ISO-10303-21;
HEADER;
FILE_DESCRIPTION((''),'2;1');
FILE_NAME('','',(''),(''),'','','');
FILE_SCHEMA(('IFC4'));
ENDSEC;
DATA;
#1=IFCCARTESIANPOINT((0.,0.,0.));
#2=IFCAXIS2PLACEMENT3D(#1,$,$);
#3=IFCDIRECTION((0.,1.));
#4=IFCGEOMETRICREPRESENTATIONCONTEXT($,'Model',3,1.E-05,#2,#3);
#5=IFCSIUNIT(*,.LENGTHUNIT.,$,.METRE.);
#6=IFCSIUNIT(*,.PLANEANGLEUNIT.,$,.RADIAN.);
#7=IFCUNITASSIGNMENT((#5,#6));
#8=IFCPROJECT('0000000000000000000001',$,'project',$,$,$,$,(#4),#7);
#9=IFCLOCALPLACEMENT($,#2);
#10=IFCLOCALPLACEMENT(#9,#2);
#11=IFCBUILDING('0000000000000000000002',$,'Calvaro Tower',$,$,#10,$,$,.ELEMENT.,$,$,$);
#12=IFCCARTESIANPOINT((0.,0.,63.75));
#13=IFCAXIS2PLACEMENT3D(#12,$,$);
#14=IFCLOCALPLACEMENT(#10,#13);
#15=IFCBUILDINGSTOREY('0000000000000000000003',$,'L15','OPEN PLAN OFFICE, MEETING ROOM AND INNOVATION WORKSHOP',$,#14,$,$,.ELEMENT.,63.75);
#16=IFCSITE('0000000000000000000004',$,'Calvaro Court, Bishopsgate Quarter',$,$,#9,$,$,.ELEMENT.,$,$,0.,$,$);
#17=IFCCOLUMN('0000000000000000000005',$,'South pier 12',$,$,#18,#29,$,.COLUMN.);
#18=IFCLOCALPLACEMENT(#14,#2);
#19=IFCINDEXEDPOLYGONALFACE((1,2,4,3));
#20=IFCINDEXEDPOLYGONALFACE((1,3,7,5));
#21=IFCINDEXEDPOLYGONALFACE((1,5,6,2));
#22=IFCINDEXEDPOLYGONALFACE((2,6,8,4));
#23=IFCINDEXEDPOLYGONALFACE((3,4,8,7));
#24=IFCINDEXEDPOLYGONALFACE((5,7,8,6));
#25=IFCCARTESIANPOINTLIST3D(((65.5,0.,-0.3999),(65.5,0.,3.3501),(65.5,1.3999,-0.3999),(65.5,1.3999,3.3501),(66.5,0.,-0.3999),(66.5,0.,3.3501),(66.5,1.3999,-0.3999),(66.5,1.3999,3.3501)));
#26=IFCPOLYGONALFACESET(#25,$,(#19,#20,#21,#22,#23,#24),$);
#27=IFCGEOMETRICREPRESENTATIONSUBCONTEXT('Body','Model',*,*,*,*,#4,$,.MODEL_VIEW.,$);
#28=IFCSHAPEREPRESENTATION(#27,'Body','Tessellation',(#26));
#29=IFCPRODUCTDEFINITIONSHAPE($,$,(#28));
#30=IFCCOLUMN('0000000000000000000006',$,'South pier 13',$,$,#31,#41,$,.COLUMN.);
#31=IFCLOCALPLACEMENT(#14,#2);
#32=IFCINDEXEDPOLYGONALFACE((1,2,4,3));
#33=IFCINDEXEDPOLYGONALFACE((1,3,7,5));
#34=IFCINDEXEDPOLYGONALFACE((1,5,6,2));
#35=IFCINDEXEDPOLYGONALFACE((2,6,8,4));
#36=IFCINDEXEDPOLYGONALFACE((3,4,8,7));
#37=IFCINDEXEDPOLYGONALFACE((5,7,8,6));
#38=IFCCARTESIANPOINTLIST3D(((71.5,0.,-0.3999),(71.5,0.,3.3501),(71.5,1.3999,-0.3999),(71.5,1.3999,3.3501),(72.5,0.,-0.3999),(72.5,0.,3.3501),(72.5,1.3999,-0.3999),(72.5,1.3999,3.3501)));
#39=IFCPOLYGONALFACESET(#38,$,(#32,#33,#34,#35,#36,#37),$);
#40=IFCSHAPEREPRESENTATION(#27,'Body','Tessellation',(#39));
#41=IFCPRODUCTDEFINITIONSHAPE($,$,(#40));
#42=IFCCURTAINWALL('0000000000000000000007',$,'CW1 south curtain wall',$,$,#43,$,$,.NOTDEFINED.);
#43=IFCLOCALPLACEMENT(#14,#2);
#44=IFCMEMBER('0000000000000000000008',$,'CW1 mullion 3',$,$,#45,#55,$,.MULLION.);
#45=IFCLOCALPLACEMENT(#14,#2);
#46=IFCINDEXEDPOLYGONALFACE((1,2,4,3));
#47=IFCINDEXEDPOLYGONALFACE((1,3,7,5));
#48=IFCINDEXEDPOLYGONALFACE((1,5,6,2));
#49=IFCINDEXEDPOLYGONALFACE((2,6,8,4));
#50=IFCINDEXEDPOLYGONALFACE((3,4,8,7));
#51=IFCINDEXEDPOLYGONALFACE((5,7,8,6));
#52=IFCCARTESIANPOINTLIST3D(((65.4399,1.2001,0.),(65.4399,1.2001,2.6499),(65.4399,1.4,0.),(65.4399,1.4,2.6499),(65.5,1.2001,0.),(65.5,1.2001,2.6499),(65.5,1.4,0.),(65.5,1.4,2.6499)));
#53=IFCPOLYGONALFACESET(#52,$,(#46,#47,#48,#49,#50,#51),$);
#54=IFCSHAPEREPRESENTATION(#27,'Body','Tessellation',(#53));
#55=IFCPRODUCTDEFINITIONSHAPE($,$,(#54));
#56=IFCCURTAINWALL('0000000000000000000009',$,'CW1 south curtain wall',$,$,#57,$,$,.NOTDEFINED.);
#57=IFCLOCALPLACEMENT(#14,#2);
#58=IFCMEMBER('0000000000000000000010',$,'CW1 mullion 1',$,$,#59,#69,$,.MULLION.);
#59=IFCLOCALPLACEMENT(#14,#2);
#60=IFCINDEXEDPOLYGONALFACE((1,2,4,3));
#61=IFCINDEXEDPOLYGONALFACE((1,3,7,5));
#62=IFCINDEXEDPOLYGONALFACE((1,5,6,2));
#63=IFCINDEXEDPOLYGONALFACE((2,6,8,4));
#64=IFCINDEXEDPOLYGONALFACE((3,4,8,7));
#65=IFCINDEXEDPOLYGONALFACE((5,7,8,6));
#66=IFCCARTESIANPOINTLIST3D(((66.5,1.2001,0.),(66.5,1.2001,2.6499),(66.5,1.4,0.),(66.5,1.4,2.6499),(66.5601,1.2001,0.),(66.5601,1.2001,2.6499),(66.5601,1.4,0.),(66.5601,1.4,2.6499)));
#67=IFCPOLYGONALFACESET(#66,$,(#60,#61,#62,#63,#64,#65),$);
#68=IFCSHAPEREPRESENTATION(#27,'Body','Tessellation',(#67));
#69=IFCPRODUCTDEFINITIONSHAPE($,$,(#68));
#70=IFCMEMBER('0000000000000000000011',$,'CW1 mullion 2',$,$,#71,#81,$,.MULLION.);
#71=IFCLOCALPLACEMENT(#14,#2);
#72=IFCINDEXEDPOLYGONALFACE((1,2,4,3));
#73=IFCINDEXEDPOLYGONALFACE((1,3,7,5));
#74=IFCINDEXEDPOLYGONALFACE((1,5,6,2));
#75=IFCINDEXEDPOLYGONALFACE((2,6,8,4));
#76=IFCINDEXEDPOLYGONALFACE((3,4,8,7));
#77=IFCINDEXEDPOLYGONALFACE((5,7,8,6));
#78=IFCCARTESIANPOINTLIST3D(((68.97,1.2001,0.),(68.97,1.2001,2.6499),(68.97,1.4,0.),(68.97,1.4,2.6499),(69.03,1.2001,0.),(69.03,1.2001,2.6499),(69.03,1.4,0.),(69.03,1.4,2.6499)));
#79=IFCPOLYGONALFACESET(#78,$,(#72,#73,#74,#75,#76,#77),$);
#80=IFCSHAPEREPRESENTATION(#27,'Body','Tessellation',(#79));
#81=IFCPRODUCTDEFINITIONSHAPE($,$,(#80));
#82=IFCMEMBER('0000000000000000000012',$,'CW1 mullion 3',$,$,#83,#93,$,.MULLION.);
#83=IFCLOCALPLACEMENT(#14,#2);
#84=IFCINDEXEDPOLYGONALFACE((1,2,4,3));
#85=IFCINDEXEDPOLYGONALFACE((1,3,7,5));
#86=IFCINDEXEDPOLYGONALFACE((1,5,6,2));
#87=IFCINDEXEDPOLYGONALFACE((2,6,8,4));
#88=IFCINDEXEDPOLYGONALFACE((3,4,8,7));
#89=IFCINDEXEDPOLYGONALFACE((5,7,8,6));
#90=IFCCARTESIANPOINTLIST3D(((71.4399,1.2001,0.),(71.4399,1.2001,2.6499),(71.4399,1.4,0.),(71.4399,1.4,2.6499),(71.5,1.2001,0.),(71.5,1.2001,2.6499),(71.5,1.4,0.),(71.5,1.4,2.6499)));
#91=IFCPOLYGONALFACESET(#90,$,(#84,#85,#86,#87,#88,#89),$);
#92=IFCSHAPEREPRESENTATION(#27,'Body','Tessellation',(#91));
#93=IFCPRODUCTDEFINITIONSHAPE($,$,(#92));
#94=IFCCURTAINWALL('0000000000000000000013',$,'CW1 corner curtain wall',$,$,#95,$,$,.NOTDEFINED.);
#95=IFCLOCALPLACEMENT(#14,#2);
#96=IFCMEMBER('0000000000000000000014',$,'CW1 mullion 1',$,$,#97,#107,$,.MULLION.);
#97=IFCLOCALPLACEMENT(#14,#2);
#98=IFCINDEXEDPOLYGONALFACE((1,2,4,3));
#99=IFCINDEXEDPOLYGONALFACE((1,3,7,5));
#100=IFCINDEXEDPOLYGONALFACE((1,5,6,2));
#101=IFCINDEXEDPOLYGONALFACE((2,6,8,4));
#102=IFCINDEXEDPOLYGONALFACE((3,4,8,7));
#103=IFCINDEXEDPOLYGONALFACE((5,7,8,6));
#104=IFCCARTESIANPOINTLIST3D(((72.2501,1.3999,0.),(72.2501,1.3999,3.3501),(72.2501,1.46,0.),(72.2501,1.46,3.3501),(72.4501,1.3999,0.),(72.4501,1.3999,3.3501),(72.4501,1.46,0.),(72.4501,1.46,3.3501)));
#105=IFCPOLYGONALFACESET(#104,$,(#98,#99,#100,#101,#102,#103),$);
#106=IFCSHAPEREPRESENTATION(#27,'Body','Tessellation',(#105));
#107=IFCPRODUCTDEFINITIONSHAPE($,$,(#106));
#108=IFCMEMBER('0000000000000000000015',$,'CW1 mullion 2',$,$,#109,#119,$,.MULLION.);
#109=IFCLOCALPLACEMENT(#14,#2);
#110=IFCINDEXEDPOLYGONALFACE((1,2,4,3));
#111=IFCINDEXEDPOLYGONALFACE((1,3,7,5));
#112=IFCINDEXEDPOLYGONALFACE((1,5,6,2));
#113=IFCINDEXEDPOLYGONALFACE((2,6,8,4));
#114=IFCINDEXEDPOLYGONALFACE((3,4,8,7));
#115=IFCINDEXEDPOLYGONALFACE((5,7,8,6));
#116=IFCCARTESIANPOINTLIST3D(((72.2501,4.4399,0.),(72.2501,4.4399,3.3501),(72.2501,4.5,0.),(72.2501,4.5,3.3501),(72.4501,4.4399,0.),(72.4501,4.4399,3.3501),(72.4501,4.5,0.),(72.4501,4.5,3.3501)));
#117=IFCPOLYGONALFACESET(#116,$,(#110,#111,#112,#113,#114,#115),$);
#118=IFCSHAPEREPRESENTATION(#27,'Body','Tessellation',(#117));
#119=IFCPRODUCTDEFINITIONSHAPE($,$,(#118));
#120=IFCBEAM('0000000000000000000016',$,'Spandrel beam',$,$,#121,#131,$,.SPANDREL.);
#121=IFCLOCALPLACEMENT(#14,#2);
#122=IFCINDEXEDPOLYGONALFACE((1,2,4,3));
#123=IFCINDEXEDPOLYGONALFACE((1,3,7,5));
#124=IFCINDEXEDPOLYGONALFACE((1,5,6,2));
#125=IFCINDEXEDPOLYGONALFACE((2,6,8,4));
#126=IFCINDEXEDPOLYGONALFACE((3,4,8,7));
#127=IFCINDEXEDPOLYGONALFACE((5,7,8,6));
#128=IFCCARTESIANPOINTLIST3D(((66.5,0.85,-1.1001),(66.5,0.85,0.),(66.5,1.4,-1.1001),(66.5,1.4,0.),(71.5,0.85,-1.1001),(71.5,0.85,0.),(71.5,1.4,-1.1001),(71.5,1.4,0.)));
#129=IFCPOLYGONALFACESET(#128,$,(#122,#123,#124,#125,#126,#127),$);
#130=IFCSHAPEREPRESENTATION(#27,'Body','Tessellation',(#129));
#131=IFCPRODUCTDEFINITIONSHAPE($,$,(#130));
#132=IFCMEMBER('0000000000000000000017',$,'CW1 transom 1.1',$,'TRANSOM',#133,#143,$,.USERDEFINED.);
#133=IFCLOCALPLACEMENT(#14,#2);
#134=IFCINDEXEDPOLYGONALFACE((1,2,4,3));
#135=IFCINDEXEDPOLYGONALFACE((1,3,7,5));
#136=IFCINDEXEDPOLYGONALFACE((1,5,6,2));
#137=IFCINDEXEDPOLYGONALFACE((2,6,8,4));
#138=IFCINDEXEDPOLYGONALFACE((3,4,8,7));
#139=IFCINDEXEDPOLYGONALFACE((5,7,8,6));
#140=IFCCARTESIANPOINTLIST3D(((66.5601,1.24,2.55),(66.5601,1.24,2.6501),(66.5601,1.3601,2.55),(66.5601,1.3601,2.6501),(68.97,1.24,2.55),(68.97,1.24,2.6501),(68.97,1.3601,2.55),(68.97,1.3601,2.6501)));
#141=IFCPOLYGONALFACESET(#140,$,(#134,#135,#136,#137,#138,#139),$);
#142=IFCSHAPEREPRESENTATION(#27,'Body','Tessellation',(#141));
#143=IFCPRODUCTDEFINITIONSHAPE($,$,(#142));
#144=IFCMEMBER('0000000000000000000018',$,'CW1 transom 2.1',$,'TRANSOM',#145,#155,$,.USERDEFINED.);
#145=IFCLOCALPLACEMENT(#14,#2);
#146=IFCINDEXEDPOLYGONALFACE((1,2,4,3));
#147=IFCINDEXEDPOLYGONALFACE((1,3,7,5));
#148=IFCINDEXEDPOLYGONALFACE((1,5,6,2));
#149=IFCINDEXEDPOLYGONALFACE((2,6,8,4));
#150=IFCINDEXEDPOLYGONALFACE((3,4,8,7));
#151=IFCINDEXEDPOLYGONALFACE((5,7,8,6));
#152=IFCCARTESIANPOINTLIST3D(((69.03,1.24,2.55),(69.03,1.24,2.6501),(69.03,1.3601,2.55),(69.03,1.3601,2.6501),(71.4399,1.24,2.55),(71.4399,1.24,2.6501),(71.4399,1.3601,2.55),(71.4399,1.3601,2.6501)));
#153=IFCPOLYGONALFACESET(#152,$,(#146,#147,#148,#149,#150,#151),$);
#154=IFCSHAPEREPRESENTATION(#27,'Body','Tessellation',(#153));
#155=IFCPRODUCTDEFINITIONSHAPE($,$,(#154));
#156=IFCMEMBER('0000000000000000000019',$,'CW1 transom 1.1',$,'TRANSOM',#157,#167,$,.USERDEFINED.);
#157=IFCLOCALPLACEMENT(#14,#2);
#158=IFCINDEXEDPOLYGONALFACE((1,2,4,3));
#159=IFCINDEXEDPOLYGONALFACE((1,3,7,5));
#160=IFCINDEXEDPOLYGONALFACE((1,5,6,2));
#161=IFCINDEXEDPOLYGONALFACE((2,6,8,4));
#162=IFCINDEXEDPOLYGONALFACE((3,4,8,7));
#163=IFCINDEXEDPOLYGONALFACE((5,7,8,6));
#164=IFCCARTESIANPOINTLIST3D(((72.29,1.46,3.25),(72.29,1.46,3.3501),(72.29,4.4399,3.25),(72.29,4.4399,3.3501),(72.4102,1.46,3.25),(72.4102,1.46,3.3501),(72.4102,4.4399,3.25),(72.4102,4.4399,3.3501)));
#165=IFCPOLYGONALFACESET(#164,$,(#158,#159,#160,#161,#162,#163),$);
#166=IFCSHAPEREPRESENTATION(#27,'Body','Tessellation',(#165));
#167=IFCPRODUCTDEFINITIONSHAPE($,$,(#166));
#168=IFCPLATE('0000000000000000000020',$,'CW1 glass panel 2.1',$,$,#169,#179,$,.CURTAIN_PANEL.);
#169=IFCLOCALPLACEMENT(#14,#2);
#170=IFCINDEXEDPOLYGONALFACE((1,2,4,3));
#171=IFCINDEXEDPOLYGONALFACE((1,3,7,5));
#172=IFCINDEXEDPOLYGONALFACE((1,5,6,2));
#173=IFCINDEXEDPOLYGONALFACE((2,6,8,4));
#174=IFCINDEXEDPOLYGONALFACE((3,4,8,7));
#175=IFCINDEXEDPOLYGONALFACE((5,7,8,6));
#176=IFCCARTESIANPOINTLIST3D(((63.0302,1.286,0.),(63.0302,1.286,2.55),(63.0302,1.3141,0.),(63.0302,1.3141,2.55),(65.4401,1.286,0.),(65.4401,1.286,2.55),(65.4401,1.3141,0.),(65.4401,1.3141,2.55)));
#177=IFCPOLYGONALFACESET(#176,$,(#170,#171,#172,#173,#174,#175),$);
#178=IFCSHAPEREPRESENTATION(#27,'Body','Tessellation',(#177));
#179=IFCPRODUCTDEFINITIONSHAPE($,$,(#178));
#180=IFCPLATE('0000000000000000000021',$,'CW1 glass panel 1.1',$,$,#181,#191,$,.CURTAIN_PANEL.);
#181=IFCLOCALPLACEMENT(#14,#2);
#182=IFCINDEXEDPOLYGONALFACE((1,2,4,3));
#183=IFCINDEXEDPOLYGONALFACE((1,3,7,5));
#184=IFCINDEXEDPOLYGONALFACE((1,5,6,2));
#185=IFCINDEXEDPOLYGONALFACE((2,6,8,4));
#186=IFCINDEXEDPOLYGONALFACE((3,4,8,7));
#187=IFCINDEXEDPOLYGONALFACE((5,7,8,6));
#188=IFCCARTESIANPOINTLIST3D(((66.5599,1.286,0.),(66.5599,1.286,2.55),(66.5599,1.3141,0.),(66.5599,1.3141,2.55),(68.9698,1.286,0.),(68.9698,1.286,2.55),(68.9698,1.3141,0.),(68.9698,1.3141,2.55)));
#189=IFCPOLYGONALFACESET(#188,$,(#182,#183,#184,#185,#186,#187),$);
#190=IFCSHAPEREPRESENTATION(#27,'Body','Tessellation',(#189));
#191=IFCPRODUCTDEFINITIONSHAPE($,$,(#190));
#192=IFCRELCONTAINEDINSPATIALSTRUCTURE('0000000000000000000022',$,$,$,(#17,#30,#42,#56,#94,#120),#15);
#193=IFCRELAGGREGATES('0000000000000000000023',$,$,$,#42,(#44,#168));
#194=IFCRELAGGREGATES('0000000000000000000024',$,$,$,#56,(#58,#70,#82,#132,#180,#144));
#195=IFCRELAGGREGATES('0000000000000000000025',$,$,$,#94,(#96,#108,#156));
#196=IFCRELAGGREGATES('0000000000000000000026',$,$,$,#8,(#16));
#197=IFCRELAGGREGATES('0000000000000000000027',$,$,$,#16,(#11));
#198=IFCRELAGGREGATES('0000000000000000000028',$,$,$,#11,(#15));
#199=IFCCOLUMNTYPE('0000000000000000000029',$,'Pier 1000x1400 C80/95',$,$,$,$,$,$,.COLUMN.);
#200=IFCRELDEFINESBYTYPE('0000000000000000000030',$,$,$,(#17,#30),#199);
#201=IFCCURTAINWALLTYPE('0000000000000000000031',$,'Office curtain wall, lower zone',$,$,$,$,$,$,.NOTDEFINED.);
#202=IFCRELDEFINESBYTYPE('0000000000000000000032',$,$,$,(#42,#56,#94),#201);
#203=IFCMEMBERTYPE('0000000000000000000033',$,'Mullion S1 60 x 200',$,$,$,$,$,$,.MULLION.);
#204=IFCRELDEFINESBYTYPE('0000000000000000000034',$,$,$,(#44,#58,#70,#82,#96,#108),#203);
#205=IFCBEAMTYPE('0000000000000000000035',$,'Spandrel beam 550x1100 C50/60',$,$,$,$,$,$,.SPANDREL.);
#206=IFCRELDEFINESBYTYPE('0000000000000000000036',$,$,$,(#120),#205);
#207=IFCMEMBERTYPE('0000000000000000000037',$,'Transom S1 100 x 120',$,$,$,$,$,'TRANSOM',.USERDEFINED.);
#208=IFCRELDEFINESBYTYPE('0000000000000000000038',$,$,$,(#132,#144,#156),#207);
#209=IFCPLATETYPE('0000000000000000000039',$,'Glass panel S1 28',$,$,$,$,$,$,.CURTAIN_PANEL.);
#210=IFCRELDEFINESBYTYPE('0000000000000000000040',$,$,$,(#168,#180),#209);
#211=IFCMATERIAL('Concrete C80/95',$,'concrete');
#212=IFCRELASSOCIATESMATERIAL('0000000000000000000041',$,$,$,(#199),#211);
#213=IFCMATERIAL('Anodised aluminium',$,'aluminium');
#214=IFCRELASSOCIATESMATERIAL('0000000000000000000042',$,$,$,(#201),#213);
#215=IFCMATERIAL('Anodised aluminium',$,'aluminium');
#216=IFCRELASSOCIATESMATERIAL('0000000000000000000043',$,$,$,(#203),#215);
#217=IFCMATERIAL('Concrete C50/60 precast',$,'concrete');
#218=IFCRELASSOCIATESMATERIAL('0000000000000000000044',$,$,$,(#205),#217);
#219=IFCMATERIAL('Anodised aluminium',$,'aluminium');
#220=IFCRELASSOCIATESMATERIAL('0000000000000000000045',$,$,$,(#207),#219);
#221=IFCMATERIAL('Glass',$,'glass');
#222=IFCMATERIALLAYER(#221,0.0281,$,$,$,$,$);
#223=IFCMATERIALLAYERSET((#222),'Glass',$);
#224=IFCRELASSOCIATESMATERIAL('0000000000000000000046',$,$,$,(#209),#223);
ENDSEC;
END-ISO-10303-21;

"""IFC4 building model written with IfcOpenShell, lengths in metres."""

from ifc_helpers import new_model, si_unit, direction, frame, origin, origin_2d, place, context, subcontext, project, spatial, rectangle, extrude, material, layer, layer_set, material_profile, profile_set, type_object, element, aggregate, save


model = new_model("IFC4")

# Units and contexts
model_context = context("Model", 3, precision=1e-05, world=origin(), true_north=direction((0.0, 1.0)))
body_context = subcontext(model_context, "Body", "Model", "MODEL_VIEW")
ifc_project = project(units=[si_unit("LENGTHUNIT", "METRE"), si_unit("PLANEANGLEUNIT", "RADIAN")], contexts=[model_context])

# Site, building, storey
site_placement = place(None, origin())
site = spatial("IfcSite", under=ifc_project, at=site_placement, Name="Calvaro Court, Bishopsgate Quarter", CompositionType="ELEMENT", RefElevation=0.0)
building_placement = place(site_placement, origin())
building = spatial("IfcBuilding", under=site, at=building_placement, Name="Calvaro Tower", CompositionType="ELEMENT")
storey_placement = place(building_placement, frame((0.0, 0.0, 63.75)))
storey = spatial("IfcBuildingStorey", under=building, at=storey_placement, Name="L15", Description="OPEN PLAN OFFICE, MEETING ROOM AND INNOVATION WORKSHOP", CompositionType="ELEMENT", Elevation=63.75)

# Columns
ifc_material_1 = material(Name="Concrete C80/95", Category="concrete")
ifc_material_profile_1 = material_profile(ifc_material_1, rectangle(XDim=1.0, YDim=1.3999, at=origin_2d()), Name="RC 1000x1400")
ifc_profile_set_1 = profile_set([ifc_material_profile_1], Name="Concrete C80/95")
column_type = type_object("IfcColumnType", Name="Pier 1000x1400 C80/95", PredefinedType="COLUMN", material=ifc_profile_set_1)
for number, where, z_axis, x_axis, name in (
    (1, (66.0, 0.7, -0.3999), (0.0, 0.0, 1.0), (1.0, 0.0, 0.0), "South pier 12"),
    (2, (72.0, 0.7, -0.3999), (0.0, 0.0, 1.0), (1.0, 0.0, 0.0), "South pier 13"),
):
    element("IfcColumn", number, at=place(storey_placement, frame(where, z_axis=z_axis, x_axis=x_axis)), inside=storey, type_object=column_type, Name=name, PredefinedType="COLUMN", context=body_context, shape_type="SweptSolid", body=[
        extrude(rectangle(XDim=1.0, YDim=1.3999, at=origin_2d()), origin(), (0.0, 0.0, 1.0), 3.75),
    ])

# Curtain wall, member
ifc_material_2 = material(Name="Anodised aluminium", Category="aluminium")
curtain_wall_type = type_object("IfcCurtainWallType", Name="Office curtain wall, lower zone", PredefinedType="NOTDEFINED", material=ifc_material_2)
curtain_wall_1_placement = place(storey_placement, origin())
curtain_wall_1 = element("IfcCurtainWall", 3, at=curtain_wall_1_placement, inside=storey, type_object=curtain_wall_type, Name="CW1 south curtain wall", PredefinedType="NOTDEFINED")
ifc_material_3 = material(Name="Anodised aluminium", Category="aluminium")
ifc_material_profile_2 = material_profile(ifc_material_3, rectangle(XDim=0.2, YDim=0.0601, at=origin_2d()), Name="Mullion S1 60 x 200")
ifc_profile_set_2 = profile_set([ifc_material_profile_2], Name="Anodised aluminium")
member_type_1 = type_object("IfcMemberType", Name="Mullion S1 60 x 200", PredefinedType="MULLION", material=ifc_profile_set_2)
member_1_placement = place(storey_placement, frame((65.47, 1.3, 0.0), z_axis=(0.0, 0.0, 1.0), x_axis=(0.0, 1.0, 0.0)))
member_1 = element("IfcMember", 4, at=member_1_placement, type_object=member_type_1, Name="CW1 mullion 3", PredefinedType="MULLION", context=body_context, shape_type="SweptSolid", body=[
    extrude(rectangle(XDim=0.2, YDim=0.0601, at=origin_2d()), origin(), (0.0, 0.0, 1.0), 2.6499),
])

# Curtain walls, members
curtain_wall_2_placement = place(storey_placement, origin())
curtain_wall_2 = element("IfcCurtainWall", 5, at=curtain_wall_2_placement, inside=storey, type_object=curtain_wall_type, Name="CW1 south curtain wall", PredefinedType="NOTDEFINED")
member_2_placement = place(storey_placement, frame((66.53, 1.3, 0.0), z_axis=(0.0, 0.0, 1.0), x_axis=(0.0, 1.0, 0.0)))
member_2 = element("IfcMember", 6, at=member_2_placement, type_object=member_type_1, Name="CW1 mullion 1", PredefinedType="MULLION", context=body_context, shape_type="SweptSolid", body=[
    extrude(rectangle(XDim=0.2, YDim=0.0601, at=origin_2d()), origin(), (0.0, 0.0, 1.0), 2.6499),
])
member_3_placement = place(storey_placement, frame((69.0, 1.3, 0.0), z_axis=(0.0, 0.0, 1.0), x_axis=(0.0, 1.0, 0.0)))
member_3 = element("IfcMember", 7, at=member_3_placement, type_object=member_type_1, Name="CW1 mullion 2", PredefinedType="MULLION", context=body_context, shape_type="SweptSolid", body=[
    extrude(rectangle(XDim=0.2, YDim=0.0601, at=origin_2d()), origin(), (0.0, 0.0, 1.0), 2.6499),
])
member_4_placement = place(storey_placement, frame((71.47, 1.3, 0.0), z_axis=(0.0, 0.0, 1.0), x_axis=(0.0, 1.0, 0.0)))
member_4 = element("IfcMember", 8, at=member_4_placement, type_object=member_type_1, Name="CW1 mullion 3", PredefinedType="MULLION", context=body_context, shape_type="SweptSolid", body=[
    extrude(rectangle(XDim=0.2, YDim=0.0601, at=origin_2d()), origin(), (0.0, 0.0, 1.0), 2.6499),
])
curtain_wall_3_placement = place(storey_placement, origin())
curtain_wall_3 = element("IfcCurtainWall", 9, at=curtain_wall_3_placement, inside=storey, type_object=curtain_wall_type, Name="CW1 corner curtain wall", PredefinedType="NOTDEFINED")
member_5_placement = place(storey_placement, frame((72.3501, 1.4299, 0.0), z_axis=(0.0, 0.0, 1.0), x_axis=(-1.0, 0.0, 0.0)))
member_5 = element("IfcMember", 10, at=member_5_placement, type_object=member_type_1, Name="CW1 mullion 1", PredefinedType="MULLION", context=body_context, shape_type="SweptSolid", body=[
    extrude(rectangle(XDim=0.2, YDim=0.0601, at=origin_2d()), origin(), (0.0, 0.0, 1.0), 3.3501),
])
member_6_placement = place(storey_placement, frame((72.3501, 4.47, 0.0), z_axis=(0.0, 0.0, 1.0), x_axis=(-1.0, 0.0, 0.0)))
member_6 = element("IfcMember", 11, at=member_6_placement, type_object=member_type_1, Name="CW1 mullion 2", PredefinedType="MULLION", context=body_context, shape_type="SweptSolid", body=[
    extrude(rectangle(XDim=0.2, YDim=0.0601, at=origin_2d()), origin(), (0.0, 0.0, 1.0), 3.3501),
])

# Beam
ifc_material_4 = material(Name="Concrete C50/60 precast", Category="concrete")
ifc_material_profile_3 = material_profile(ifc_material_4, rectangle(XDim=0.55, YDim=1.1001, at=origin_2d()), Name="RC 550x1100")
ifc_profile_set_3 = profile_set([ifc_material_profile_3], Name="Concrete C50/60 precast")
beam_type = type_object("IfcBeamType", Name="Spandrel beam 550x1100 C50/60", PredefinedType="SPANDREL", material=ifc_profile_set_3)
beam_placement = place(storey_placement, frame((66.5, 1.125, -0.55), z_axis=(1.0, 0.0, 0.0), x_axis=(0.0, 1.0, 0.0)))
element("IfcBeam", 12, at=beam_placement, inside=storey, type_object=beam_type, Name="Spandrel beam", PredefinedType="SPANDREL", context=body_context, shape_type="SweptSolid", body=[
    extrude(rectangle(XDim=0.55, YDim=1.1001, at=origin_2d()), origin(), (0.0, 0.0, 1.0), 5.0),
])

# Members
ifc_material_5 = material(Name="Anodised aluminium", Category="aluminium")
ifc_material_profile_4 = material_profile(ifc_material_5, rectangle(XDim=0.1201, YDim=0.1001, at=origin_2d()), Name="Transom S1 100 x 120")
ifc_profile_set_4 = profile_set([ifc_material_profile_4], Name="Anodised aluminium")
member_type_2 = type_object("IfcMemberType", Name="Transom S1 100 x 120", ElementType="TRANSOM", PredefinedType="USERDEFINED", material=ifc_profile_set_4)
member_7_placement = place(storey_placement, frame((66.5601, 1.3, 2.6001), z_axis=(1.0, 0.0, 0.0), x_axis=(0.0, 1.0, 0.0)))
member_7 = element("IfcMember", 13, at=member_7_placement, type_object=member_type_2, Name="CW1 transom 1.1", ObjectType="TRANSOM", PredefinedType="USERDEFINED", context=body_context, shape_type="SweptSolid", body=[
    extrude(rectangle(XDim=0.1201, YDim=0.1001, at=origin_2d()), origin(), (0.0, 0.0, 1.0), 2.4099),
])
member_8_placement = place(storey_placement, frame((69.03, 1.3, 2.6001), z_axis=(1.0, 0.0, 0.0), x_axis=(0.0, 1.0, 0.0)))
member_8 = element("IfcMember", 14, at=member_8_placement, type_object=member_type_2, Name="CW1 transom 2.1", ObjectType="TRANSOM", PredefinedType="USERDEFINED", context=body_context, shape_type="SweptSolid", body=[
    extrude(rectangle(XDim=0.1201, YDim=0.1001, at=origin_2d()), origin(), (0.0, 0.0, 1.0), 2.4099),
])
member_9_placement = place(storey_placement, frame((72.3501, 1.46, 3.3), z_axis=(0.0, 1.0, 0.0), x_axis=(-1.0, 0.0, 0.0)))
member_9 = element("IfcMember", 15, at=member_9_placement, type_object=member_type_2, Name="CW1 transom 1.1", ObjectType="TRANSOM", PredefinedType="USERDEFINED", context=body_context, shape_type="SweptSolid", body=[
    extrude(rectangle(XDim=0.1201, YDim=0.1001, at=origin_2d()), origin(), (0.0, 0.0, 1.0), 2.98),
])

# Plates
ifc_material_6 = material(Name="Glass", Category="glass")
ifc_layer_1 = layer(ifc_material_6, 0.0281)
ifc_layer_set_1 = layer_set([ifc_layer_1], Name="Glass")
plate_type = type_object("IfcPlateType", Name="Glass panel S1 28", PredefinedType="CURTAIN_PANEL", material=ifc_layer_set_1)
plate_1_placement = place(storey_placement, frame((64.2351, 1.3, 0.0), z_axis=(0.0, 0.0, 1.0), x_axis=(1.0, 0.0, 0.0)))
plate_1 = element("IfcPlate", 16, at=plate_1_placement, type_object=plate_type, Name="CW1 glass panel 2.1", PredefinedType="CURTAIN_PANEL", context=body_context, shape_type="SweptSolid", body=[
    extrude(rectangle(XDim=2.4099, YDim=0.0281, at=origin_2d()), origin(), (0.0, 0.0, 1.0), 2.55),
])
aggregate(curtain_wall_1, [member_1, plate_1])
plate_2_placement = place(storey_placement, frame((67.7649, 1.3, 0.0), z_axis=(0.0, 0.0, 1.0), x_axis=(1.0, 0.0, 0.0)))
plate_2 = element("IfcPlate", 17, at=plate_2_placement, type_object=plate_type, Name="CW1 glass panel 1.1", PredefinedType="CURTAIN_PANEL", context=body_context, shape_type="SweptSolid", body=[
    extrude(rectangle(XDim=2.4099, YDim=0.0281, at=origin_2d()), origin(), (0.0, 0.0, 1.0), 2.55),
])
aggregate(curtain_wall_2, [member_2, member_3, member_4, member_7, plate_2, member_8])
aggregate(curtain_wall_3, [member_5, member_6, member_9])

save(model, "model.ifc")
